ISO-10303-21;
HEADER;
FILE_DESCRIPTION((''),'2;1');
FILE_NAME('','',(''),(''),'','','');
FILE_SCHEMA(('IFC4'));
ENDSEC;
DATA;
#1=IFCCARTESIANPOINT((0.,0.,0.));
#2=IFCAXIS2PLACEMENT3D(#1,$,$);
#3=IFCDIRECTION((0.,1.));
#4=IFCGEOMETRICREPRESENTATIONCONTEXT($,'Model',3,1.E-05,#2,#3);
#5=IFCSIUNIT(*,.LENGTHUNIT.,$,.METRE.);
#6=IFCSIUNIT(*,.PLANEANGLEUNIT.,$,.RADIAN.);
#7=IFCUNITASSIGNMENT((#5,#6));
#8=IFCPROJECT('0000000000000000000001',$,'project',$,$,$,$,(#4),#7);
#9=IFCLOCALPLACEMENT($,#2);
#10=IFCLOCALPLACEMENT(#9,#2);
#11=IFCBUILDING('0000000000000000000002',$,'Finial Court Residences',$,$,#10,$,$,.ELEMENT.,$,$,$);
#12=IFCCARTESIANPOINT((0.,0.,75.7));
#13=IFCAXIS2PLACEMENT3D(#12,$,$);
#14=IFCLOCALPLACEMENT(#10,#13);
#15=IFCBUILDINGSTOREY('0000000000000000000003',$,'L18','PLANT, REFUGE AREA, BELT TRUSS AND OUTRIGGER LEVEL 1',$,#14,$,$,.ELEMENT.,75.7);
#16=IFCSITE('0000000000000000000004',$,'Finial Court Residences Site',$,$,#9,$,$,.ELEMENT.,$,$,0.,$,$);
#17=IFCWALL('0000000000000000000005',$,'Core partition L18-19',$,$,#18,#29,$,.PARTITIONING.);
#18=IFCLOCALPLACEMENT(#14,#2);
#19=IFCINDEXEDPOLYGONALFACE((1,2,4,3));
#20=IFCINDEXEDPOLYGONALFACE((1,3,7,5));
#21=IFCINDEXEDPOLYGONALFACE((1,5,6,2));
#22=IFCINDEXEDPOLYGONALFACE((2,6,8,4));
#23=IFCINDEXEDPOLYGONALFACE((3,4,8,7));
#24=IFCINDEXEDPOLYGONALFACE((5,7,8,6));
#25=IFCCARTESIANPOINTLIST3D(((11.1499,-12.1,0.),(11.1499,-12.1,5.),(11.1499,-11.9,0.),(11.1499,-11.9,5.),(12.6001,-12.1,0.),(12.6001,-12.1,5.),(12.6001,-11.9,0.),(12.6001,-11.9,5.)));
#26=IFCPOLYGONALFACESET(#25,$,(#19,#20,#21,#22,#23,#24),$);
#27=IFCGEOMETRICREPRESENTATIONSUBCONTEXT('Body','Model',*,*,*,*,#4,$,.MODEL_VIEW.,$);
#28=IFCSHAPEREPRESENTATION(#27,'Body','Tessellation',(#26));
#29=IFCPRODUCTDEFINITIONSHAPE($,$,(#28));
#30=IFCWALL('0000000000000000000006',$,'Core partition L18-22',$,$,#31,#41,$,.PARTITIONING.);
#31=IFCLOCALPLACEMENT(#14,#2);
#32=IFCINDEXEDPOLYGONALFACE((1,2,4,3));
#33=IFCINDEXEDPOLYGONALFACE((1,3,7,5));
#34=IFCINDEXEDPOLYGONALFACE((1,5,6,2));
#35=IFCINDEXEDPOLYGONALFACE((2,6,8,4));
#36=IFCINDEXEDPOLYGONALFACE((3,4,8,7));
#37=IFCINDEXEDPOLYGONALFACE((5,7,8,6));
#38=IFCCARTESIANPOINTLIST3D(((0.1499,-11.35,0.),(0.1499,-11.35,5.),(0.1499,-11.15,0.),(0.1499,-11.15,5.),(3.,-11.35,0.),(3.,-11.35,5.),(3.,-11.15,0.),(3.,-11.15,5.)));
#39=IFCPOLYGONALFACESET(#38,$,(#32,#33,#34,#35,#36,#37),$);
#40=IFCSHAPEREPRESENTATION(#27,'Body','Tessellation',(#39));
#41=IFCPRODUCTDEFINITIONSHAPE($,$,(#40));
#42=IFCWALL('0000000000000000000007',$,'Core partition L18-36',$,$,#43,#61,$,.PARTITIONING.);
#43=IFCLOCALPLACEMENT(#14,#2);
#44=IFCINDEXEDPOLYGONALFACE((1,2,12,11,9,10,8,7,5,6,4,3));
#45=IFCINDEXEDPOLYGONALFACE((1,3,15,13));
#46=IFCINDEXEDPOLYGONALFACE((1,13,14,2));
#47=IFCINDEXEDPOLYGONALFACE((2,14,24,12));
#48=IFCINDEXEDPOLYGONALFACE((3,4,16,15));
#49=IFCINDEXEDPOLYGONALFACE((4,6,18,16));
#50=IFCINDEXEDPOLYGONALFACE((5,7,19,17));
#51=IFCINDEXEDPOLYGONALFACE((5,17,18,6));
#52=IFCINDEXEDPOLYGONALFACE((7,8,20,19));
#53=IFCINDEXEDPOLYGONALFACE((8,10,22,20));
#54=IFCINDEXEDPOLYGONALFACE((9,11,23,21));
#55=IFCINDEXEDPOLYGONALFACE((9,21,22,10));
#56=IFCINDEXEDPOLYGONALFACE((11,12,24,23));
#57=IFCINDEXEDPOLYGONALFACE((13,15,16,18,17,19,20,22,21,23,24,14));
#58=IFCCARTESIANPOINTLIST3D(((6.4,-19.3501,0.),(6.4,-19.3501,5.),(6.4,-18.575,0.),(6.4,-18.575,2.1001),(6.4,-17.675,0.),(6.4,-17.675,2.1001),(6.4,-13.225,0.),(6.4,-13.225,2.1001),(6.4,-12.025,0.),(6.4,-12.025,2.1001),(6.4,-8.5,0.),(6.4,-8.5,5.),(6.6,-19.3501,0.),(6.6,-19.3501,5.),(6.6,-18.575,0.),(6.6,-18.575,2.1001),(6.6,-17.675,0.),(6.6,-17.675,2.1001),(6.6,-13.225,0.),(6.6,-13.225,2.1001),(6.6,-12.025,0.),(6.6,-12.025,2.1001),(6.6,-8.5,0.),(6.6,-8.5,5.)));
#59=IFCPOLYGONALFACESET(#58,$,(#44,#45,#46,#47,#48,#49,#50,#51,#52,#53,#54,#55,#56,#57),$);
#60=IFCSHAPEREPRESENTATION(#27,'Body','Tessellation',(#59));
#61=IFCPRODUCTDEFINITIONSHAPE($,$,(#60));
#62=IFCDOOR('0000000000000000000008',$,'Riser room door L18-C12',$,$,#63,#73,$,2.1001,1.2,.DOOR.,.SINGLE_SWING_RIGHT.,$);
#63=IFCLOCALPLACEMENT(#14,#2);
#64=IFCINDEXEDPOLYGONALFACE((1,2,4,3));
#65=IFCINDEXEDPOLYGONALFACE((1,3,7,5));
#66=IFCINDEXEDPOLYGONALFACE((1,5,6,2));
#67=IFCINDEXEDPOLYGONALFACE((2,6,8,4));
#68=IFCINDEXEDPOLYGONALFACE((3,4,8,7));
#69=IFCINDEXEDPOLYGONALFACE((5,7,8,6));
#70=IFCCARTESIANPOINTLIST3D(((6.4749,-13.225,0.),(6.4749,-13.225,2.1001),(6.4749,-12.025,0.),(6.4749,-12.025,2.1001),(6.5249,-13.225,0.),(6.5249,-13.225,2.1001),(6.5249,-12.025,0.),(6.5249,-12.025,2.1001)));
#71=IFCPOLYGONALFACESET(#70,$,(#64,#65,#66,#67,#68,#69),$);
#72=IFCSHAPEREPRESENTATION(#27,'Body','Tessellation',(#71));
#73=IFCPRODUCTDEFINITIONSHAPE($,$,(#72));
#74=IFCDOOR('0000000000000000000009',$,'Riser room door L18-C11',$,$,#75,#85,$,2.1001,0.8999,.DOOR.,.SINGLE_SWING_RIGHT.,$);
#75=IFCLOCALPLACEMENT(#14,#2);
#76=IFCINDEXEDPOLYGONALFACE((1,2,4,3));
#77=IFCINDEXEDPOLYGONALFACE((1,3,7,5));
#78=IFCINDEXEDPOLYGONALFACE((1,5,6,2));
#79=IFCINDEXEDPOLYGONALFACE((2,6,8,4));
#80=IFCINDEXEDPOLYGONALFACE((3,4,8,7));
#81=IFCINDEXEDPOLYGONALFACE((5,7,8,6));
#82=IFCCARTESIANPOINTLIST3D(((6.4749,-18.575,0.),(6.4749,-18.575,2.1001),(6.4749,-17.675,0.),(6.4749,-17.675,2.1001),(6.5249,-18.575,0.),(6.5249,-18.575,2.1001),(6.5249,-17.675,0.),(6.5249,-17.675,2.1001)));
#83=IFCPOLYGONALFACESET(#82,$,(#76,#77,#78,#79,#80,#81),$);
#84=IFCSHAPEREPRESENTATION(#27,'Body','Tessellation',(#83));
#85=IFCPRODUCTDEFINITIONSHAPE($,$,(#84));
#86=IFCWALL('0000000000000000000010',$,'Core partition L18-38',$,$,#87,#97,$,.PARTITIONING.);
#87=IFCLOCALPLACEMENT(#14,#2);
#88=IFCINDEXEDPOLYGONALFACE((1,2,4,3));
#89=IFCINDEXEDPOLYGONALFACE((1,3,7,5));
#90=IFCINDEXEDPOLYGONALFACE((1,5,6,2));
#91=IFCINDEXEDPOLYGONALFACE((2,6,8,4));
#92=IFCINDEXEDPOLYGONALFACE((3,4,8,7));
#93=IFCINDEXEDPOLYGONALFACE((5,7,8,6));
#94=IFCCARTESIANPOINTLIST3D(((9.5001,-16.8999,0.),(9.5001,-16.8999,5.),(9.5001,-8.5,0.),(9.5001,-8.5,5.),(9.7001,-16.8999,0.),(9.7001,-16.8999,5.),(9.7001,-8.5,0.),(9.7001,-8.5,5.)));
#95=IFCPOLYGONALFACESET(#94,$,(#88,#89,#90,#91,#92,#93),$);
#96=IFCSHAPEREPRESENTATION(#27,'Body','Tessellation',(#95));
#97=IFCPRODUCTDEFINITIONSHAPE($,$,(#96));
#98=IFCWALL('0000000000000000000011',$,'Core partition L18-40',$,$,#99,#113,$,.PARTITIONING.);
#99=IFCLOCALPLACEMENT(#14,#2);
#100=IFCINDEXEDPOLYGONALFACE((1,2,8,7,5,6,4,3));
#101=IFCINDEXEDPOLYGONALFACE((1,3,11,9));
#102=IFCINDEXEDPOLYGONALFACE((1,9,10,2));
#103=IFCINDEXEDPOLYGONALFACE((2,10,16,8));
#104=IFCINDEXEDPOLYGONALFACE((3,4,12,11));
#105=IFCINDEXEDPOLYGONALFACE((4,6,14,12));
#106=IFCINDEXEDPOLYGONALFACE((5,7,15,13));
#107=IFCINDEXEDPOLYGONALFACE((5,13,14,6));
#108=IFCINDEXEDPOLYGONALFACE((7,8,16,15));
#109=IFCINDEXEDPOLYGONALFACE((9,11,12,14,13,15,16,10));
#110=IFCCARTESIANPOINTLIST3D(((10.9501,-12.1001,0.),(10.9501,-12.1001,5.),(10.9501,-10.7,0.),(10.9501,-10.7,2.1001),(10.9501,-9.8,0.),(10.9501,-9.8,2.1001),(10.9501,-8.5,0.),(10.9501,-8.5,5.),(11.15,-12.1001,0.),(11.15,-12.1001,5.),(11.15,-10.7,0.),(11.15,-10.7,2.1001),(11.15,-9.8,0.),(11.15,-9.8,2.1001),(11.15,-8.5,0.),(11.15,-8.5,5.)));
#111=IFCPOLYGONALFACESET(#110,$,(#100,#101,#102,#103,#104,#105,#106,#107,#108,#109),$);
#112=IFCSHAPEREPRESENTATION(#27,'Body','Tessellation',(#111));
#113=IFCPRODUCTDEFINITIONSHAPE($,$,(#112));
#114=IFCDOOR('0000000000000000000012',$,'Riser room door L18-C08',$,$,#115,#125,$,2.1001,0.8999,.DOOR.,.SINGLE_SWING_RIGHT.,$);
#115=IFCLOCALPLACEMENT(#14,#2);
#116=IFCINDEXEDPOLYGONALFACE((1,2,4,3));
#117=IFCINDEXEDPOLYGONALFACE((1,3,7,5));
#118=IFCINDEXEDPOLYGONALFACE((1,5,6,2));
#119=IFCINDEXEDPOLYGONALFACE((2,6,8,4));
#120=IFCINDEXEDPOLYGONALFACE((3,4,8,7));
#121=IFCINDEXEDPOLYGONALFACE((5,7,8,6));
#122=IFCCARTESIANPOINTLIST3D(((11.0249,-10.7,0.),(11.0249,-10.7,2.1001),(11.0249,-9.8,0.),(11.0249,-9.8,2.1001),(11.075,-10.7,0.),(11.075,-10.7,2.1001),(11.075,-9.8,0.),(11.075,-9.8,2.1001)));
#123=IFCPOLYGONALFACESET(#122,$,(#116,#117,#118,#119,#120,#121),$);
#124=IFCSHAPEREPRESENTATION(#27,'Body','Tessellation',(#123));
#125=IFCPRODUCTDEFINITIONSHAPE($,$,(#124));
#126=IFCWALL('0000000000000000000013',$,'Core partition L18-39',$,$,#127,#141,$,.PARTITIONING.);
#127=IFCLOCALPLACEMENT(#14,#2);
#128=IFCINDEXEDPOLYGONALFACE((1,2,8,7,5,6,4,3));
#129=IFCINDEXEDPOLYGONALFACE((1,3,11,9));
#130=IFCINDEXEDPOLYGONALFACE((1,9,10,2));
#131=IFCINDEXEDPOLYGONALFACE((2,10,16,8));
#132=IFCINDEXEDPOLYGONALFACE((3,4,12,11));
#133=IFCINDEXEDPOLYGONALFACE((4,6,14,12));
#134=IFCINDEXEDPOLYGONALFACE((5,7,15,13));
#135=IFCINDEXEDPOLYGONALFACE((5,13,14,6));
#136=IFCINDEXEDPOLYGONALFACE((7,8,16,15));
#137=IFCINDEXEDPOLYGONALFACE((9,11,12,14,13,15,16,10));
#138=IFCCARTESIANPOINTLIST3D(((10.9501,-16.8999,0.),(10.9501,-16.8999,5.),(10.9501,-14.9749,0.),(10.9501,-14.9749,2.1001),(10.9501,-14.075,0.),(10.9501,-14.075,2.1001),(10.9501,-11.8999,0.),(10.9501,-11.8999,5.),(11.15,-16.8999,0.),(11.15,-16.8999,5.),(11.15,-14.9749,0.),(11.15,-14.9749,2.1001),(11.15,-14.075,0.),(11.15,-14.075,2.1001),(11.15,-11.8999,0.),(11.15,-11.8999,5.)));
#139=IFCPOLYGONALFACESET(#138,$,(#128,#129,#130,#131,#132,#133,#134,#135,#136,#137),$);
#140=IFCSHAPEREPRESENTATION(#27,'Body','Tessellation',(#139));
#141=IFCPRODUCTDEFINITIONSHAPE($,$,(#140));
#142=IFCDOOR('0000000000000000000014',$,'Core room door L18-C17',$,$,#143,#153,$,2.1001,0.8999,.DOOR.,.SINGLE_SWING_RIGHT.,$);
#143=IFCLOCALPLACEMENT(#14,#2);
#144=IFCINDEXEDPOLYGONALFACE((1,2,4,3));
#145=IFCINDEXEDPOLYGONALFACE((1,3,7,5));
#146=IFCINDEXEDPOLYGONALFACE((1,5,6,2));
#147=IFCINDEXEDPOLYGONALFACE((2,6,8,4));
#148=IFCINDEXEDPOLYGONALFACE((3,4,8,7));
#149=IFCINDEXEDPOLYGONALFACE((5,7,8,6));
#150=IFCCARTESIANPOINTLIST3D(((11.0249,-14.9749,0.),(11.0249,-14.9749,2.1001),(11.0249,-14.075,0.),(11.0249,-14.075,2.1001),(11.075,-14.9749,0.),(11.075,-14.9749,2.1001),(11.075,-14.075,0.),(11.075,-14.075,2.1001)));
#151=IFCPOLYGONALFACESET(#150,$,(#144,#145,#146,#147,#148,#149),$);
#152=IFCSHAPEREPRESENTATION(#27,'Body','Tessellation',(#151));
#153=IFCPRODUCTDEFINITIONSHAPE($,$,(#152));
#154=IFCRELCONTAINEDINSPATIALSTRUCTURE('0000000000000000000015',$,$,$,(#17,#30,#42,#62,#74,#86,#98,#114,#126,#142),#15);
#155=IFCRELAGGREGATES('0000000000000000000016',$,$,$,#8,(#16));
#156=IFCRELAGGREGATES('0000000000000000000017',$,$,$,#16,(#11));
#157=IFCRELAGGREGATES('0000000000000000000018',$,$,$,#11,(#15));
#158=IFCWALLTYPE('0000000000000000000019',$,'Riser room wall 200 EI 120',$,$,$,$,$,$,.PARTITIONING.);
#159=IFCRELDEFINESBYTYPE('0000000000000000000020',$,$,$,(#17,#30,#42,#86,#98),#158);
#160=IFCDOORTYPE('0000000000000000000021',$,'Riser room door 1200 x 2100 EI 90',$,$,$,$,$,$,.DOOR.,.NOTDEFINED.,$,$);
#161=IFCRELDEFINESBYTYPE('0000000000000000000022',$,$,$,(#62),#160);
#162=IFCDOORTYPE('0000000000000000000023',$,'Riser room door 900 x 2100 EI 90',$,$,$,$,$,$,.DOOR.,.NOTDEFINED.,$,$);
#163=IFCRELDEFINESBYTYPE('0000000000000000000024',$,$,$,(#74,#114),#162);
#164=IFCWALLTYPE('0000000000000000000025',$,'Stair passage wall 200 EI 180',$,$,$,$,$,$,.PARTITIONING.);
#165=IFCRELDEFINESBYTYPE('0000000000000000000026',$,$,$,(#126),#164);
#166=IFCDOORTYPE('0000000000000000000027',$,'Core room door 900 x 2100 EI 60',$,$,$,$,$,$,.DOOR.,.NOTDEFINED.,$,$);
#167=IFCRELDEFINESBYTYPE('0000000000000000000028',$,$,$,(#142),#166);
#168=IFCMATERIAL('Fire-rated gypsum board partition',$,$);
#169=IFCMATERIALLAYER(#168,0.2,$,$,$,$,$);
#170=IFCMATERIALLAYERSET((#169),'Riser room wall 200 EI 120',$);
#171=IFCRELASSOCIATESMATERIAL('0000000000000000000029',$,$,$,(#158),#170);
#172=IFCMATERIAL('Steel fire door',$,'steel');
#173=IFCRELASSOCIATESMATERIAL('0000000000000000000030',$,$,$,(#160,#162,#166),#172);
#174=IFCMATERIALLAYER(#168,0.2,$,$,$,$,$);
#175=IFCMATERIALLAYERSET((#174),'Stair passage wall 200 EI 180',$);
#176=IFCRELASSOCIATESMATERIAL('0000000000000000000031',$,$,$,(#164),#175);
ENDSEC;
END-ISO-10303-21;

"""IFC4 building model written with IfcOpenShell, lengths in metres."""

from ifc_helpers import new_model, si_unit, direction, frame, frame_2d, origin, place, context, subcontext, project, spatial, rectangle, extrude, material, layer, layer_set, type_object, element, fill, save


model = new_model("IFC4")

# Units and contexts
model_context = context("Model", 3, precision=1e-05, world=origin(), true_north=direction((0.0, 1.0)))
body_context = subcontext(model_context, "Body", "Model", "MODEL_VIEW")
ifc_project = project(units=[si_unit("LENGTHUNIT", "METRE"), si_unit("PLANEANGLEUNIT", "RADIAN")], contexts=[model_context])

# Site, building, storey
site_placement = place(None, origin())
site = spatial("IfcSite", under=ifc_project, at=site_placement, Name="Finial Court Residences Site", CompositionType="ELEMENT", RefElevation=0.0)
building_placement = place(site_placement, origin())
building = spatial("IfcBuilding", under=site, at=building_placement, Name="Finial Court Residences", CompositionType="ELEMENT")
storey_placement = place(building_placement, frame((0.0, 0.0, 75.7)))
storey = spatial("IfcBuildingStorey", under=building, at=storey_placement, Name="L18", Description="PLANT, REFUGE AREA, BELT TRUSS AND OUTRIGGER LEVEL 1", CompositionType="ELEMENT", Elevation=75.7)

# Shared definitions
ifc_material_1 = material(Name="Steel fire door", Category="steel")

# Walls
ifc_material_2 = material(Name="Fire-rated gypsum board partition")
ifc_layer_1 = layer(ifc_material_2, 0.2)
ifc_layer_set_1 = layer_set([ifc_layer_1], Name="Riser room wall 200 EI 120")
wall_type_1 = type_object("IfcWallType", Name="Riser room wall 200 EI 120", PredefinedType="PARTITIONING", material=ifc_layer_set_1)
wall_1_placement = place(storey_placement, frame((11.1499, -12.0, 0.0), z_axis=(0.0, 0.0, 1.0), x_axis=(1.0, 0.0, 0.0)))
element("IfcWall", 1, at=wall_1_placement, inside=storey, type_object=wall_type_1, Name="Core partition L18-19", PredefinedType="PARTITIONING", context=body_context, shape_type="SweptSolid", body=[
    extrude(rectangle(XDim=1.4502, YDim=0.2, at=frame_2d((0.7251, 0.0))), origin(), (0.0, 0.0, 1.0), 5.0),
])
wall_2_placement = place(storey_placement, frame((0.1499, -11.25, 0.0), z_axis=(0.0, 0.0, 1.0), x_axis=(1.0, 0.0, 0.0)))
element("IfcWall", 2, at=wall_2_placement, inside=storey, type_object=wall_type_1, Name="Core partition L18-22", PredefinedType="PARTITIONING", context=body_context, shape_type="SweptSolid", body=[
    extrude(rectangle(XDim=2.8501, YDim=0.2, at=frame_2d((1.425, 0.0))), origin(), (0.0, 0.0, 1.0), 5.0),
])

# Wall, openings, doors
wall_3_placement = place(storey_placement, frame((6.5, -8.5, 0.0), z_axis=(0.0, 0.0, 1.0), x_axis=(0.0, -1.0, 0.0)))
wall_3 = element("IfcWall", 3, at=wall_3_placement, inside=storey, type_object=wall_type_1, Name="Core partition L18-36", PredefinedType="PARTITIONING", context=body_context, shape_type="SweptSolid", body=[
    extrude(rectangle(XDim=10.8501, YDim=0.2, at=frame_2d((5.425, 0.0))), origin(), (0.0, 0.0, 1.0), 5.0),
])
opening_1_placement = place(wall_3_placement, frame((9.175, 0.0, 0.0)))
opening_1 = element("IfcOpeningElement", 4, at=opening_1_placement, cuts=wall_3, PredefinedType="OPENING", context=body_context, shape_type="SweptSolid", body=[
    extrude(rectangle(XDim=0.8999, YDim=2.1001, at=frame_2d((0.45, 1.05))), frame((0.0, 0.1099, 0.0), z_axis=(0.0, -1.0, 0.0), x_axis=(1.0, 0.0, 0.0)), (0.0, 0.0, 1.0), 0.22),
])
opening_2_placement = place(wall_3_placement, frame((3.5249, 0.0, 0.0)))
opening_2 = element("IfcOpeningElement", 5, at=opening_2_placement, cuts=wall_3, PredefinedType="OPENING", context=body_context, shape_type="SweptSolid", body=[
    extrude(rectangle(XDim=1.2, YDim=2.1001, at=frame_2d((0.6001, 1.05))), frame((0.0, 0.1099, 0.0), z_axis=(0.0, -1.0, 0.0), x_axis=(1.0, 0.0, 0.0)), (0.0, 0.0, 1.0), 0.22),
])
door_type_1 = type_object("IfcDoorType", Name="Riser room door 1200 x 2100 EI 90", OperationType="NOTDEFINED", PredefinedType="DOOR", material=ifc_material_1)
door_1_placement = place(opening_2_placement, origin())
door_1 = element("IfcDoor", 6, at=door_1_placement, inside=storey, type_object=door_type_1, Name="Riser room door L18-C12", OperationType="SINGLE_SWING_RIGHT", OverallHeight=2.1001, OverallWidth=1.2, PredefinedType="DOOR", context=body_context, shape_type="SweptSolid", body=[
    extrude(rectangle(XDim=1.2, YDim=2.1001, at=frame_2d((0.6001, 1.05))), frame((0.0, 0.0249, 0.0), z_axis=(0.0, -1.0, 0.0), x_axis=(1.0, 0.0, 0.0)), (0.0, 0.0, 1.0), 0.05),
])
fill(opening_2, door_1)
door_type_2 = type_object("IfcDoorType", Name="Riser room door 900 x 2100 EI 90", OperationType="NOTDEFINED", PredefinedType="DOOR", material=ifc_material_1)
door_2_placement = place(opening_1_placement, origin())
door_2 = element("IfcDoor", 7, at=door_2_placement, inside=storey, type_object=door_type_2, Name="Riser room door L18-C11", OperationType="SINGLE_SWING_RIGHT", OverallHeight=2.1001, OverallWidth=0.8999, PredefinedType="DOOR", context=body_context, shape_type="SweptSolid", body=[
    extrude(rectangle(XDim=0.8999, YDim=2.1001, at=frame_2d((0.45, 1.05))), frame((0.0, 0.0249, 0.0), z_axis=(0.0, -1.0, 0.0), x_axis=(1.0, 0.0, 0.0)), (0.0, 0.0, 1.0), 0.05),
])
fill(opening_1, door_2)

# Wall
wall_4_placement = place(storey_placement, frame((9.6001, -16.8999, 0.0), z_axis=(0.0, 0.0, 1.0), x_axis=(0.0, 1.0, 0.0)))
element("IfcWall", 8, at=wall_4_placement, inside=storey, type_object=wall_type_1, Name="Core partition L18-38", PredefinedType="PARTITIONING", context=body_context, shape_type="SweptSolid", body=[
    extrude(rectangle(XDim=8.3999, YDim=0.2, at=frame_2d((4.2, 0.0))), origin(), (0.0, 0.0, 1.0), 5.0),
])

# Walls, openings, doors
wall_5_placement = place(storey_placement, frame((11.05, -8.5, 0.0), z_axis=(0.0, 0.0, 1.0), x_axis=(0.0, -1.0, 0.0)))
wall_5 = element("IfcWall", 9, at=wall_5_placement, inside=storey, type_object=wall_type_1, Name="Core partition L18-40", PredefinedType="PARTITIONING", context=body_context, shape_type="SweptSolid", body=[
    extrude(rectangle(XDim=3.6001, YDim=0.2, at=frame_2d((1.8, 0.0))), origin(), (0.0, 0.0, 1.0), 5.0),
])
opening_3_placement = place(wall_5_placement, frame((1.3, 0.0, 0.0)))
opening_3 = element("IfcOpeningElement", 10, at=opening_3_placement, cuts=wall_5, PredefinedType="OPENING", context=body_context, shape_type="SweptSolid", body=[
    extrude(rectangle(XDim=0.8999, YDim=2.1001, at=frame_2d((0.45, 1.05))), frame((0.0, 0.1099, 0.0), z_axis=(0.0, -1.0, 0.0), x_axis=(1.0, 0.0, 0.0)), (0.0, 0.0, 1.0), 0.22),
])
door_3_placement = place(opening_3_placement, origin())
door_3 = element("IfcDoor", 11, at=door_3_placement, inside=storey, type_object=door_type_2, Name="Riser room door L18-C08", OperationType="SINGLE_SWING_RIGHT", OverallHeight=2.1001, OverallWidth=0.8999, PredefinedType="DOOR", context=body_context, shape_type="SweptSolid", body=[
    extrude(rectangle(XDim=0.8999, YDim=2.1001, at=frame_2d((0.45, 1.05))), frame((0.0, 0.0249, 0.0), z_axis=(0.0, -1.0, 0.0), x_axis=(1.0, 0.0, 0.0)), (0.0, 0.0, 1.0), 0.05),
])
fill(opening_3, door_3)
ifc_layer_2 = layer(ifc_material_2, 0.2)
ifc_layer_set_2 = layer_set([ifc_layer_2], Name="Stair passage wall 200 EI 180")
wall_type_2 = type_object("IfcWallType", Name="Stair passage wall 200 EI 180", PredefinedType="PARTITIONING", material=ifc_layer_set_2)
wall_6_placement = place(storey_placement, frame((11.05, -11.8999, 0.0), z_axis=(0.0, 0.0, 1.0), x_axis=(0.0, -1.0, 0.0)))
wall_6 = element("IfcWall", 12, at=wall_6_placement, inside=storey, type_object=wall_type_2, Name="Core partition L18-39", PredefinedType="PARTITIONING", context=body_context, shape_type="SweptSolid", body=[
    extrude(rectangle(XDim=5.0, YDim=0.2, at=frame_2d((2.5, 0.0))), origin(), (0.0, 0.0, 1.0), 5.0),
])
opening_4_placement = place(wall_6_placement, frame((2.175, 0.0, 0.0)))
opening_4 = element("IfcOpeningElement", 13, at=opening_4_placement, cuts=wall_6, PredefinedType="OPENING", context=body_context, shape_type="SweptSolid", body=[
    extrude(rectangle(XDim=0.8999, YDim=2.1001, at=frame_2d((0.45, 1.05))), frame((0.0, 0.1099, 0.0), z_axis=(0.0, -1.0, 0.0), x_axis=(1.0, 0.0, 0.0)), (0.0, 0.0, 1.0), 0.22),
])
door_type_3 = type_object("IfcDoorType", Name="Core room door 900 x 2100 EI 60", OperationType="NOTDEFINED", PredefinedType="DOOR", material=ifc_material_1)
door_4_placement = place(opening_4_placement, origin())
door_4 = element("IfcDoor", 14, at=door_4_placement, inside=storey, type_object=door_type_3, Name="Core room door L18-C17", OperationType="SINGLE_SWING_RIGHT", OverallHeight=2.1001, OverallWidth=0.8999, PredefinedType="DOOR", context=body_context, shape_type="SweptSolid", body=[
    extrude(rectangle(XDim=0.8999, YDim=2.1001, at=frame_2d((0.45, 1.05))), frame((0.0, 0.0249, 0.0), z_axis=(0.0, -1.0, 0.0), x_axis=(1.0, 0.0, 0.0)), (0.0, 0.0, 1.0), 0.05),
])
fill(opening_4, door_4)

save(model, "model.ifc")
